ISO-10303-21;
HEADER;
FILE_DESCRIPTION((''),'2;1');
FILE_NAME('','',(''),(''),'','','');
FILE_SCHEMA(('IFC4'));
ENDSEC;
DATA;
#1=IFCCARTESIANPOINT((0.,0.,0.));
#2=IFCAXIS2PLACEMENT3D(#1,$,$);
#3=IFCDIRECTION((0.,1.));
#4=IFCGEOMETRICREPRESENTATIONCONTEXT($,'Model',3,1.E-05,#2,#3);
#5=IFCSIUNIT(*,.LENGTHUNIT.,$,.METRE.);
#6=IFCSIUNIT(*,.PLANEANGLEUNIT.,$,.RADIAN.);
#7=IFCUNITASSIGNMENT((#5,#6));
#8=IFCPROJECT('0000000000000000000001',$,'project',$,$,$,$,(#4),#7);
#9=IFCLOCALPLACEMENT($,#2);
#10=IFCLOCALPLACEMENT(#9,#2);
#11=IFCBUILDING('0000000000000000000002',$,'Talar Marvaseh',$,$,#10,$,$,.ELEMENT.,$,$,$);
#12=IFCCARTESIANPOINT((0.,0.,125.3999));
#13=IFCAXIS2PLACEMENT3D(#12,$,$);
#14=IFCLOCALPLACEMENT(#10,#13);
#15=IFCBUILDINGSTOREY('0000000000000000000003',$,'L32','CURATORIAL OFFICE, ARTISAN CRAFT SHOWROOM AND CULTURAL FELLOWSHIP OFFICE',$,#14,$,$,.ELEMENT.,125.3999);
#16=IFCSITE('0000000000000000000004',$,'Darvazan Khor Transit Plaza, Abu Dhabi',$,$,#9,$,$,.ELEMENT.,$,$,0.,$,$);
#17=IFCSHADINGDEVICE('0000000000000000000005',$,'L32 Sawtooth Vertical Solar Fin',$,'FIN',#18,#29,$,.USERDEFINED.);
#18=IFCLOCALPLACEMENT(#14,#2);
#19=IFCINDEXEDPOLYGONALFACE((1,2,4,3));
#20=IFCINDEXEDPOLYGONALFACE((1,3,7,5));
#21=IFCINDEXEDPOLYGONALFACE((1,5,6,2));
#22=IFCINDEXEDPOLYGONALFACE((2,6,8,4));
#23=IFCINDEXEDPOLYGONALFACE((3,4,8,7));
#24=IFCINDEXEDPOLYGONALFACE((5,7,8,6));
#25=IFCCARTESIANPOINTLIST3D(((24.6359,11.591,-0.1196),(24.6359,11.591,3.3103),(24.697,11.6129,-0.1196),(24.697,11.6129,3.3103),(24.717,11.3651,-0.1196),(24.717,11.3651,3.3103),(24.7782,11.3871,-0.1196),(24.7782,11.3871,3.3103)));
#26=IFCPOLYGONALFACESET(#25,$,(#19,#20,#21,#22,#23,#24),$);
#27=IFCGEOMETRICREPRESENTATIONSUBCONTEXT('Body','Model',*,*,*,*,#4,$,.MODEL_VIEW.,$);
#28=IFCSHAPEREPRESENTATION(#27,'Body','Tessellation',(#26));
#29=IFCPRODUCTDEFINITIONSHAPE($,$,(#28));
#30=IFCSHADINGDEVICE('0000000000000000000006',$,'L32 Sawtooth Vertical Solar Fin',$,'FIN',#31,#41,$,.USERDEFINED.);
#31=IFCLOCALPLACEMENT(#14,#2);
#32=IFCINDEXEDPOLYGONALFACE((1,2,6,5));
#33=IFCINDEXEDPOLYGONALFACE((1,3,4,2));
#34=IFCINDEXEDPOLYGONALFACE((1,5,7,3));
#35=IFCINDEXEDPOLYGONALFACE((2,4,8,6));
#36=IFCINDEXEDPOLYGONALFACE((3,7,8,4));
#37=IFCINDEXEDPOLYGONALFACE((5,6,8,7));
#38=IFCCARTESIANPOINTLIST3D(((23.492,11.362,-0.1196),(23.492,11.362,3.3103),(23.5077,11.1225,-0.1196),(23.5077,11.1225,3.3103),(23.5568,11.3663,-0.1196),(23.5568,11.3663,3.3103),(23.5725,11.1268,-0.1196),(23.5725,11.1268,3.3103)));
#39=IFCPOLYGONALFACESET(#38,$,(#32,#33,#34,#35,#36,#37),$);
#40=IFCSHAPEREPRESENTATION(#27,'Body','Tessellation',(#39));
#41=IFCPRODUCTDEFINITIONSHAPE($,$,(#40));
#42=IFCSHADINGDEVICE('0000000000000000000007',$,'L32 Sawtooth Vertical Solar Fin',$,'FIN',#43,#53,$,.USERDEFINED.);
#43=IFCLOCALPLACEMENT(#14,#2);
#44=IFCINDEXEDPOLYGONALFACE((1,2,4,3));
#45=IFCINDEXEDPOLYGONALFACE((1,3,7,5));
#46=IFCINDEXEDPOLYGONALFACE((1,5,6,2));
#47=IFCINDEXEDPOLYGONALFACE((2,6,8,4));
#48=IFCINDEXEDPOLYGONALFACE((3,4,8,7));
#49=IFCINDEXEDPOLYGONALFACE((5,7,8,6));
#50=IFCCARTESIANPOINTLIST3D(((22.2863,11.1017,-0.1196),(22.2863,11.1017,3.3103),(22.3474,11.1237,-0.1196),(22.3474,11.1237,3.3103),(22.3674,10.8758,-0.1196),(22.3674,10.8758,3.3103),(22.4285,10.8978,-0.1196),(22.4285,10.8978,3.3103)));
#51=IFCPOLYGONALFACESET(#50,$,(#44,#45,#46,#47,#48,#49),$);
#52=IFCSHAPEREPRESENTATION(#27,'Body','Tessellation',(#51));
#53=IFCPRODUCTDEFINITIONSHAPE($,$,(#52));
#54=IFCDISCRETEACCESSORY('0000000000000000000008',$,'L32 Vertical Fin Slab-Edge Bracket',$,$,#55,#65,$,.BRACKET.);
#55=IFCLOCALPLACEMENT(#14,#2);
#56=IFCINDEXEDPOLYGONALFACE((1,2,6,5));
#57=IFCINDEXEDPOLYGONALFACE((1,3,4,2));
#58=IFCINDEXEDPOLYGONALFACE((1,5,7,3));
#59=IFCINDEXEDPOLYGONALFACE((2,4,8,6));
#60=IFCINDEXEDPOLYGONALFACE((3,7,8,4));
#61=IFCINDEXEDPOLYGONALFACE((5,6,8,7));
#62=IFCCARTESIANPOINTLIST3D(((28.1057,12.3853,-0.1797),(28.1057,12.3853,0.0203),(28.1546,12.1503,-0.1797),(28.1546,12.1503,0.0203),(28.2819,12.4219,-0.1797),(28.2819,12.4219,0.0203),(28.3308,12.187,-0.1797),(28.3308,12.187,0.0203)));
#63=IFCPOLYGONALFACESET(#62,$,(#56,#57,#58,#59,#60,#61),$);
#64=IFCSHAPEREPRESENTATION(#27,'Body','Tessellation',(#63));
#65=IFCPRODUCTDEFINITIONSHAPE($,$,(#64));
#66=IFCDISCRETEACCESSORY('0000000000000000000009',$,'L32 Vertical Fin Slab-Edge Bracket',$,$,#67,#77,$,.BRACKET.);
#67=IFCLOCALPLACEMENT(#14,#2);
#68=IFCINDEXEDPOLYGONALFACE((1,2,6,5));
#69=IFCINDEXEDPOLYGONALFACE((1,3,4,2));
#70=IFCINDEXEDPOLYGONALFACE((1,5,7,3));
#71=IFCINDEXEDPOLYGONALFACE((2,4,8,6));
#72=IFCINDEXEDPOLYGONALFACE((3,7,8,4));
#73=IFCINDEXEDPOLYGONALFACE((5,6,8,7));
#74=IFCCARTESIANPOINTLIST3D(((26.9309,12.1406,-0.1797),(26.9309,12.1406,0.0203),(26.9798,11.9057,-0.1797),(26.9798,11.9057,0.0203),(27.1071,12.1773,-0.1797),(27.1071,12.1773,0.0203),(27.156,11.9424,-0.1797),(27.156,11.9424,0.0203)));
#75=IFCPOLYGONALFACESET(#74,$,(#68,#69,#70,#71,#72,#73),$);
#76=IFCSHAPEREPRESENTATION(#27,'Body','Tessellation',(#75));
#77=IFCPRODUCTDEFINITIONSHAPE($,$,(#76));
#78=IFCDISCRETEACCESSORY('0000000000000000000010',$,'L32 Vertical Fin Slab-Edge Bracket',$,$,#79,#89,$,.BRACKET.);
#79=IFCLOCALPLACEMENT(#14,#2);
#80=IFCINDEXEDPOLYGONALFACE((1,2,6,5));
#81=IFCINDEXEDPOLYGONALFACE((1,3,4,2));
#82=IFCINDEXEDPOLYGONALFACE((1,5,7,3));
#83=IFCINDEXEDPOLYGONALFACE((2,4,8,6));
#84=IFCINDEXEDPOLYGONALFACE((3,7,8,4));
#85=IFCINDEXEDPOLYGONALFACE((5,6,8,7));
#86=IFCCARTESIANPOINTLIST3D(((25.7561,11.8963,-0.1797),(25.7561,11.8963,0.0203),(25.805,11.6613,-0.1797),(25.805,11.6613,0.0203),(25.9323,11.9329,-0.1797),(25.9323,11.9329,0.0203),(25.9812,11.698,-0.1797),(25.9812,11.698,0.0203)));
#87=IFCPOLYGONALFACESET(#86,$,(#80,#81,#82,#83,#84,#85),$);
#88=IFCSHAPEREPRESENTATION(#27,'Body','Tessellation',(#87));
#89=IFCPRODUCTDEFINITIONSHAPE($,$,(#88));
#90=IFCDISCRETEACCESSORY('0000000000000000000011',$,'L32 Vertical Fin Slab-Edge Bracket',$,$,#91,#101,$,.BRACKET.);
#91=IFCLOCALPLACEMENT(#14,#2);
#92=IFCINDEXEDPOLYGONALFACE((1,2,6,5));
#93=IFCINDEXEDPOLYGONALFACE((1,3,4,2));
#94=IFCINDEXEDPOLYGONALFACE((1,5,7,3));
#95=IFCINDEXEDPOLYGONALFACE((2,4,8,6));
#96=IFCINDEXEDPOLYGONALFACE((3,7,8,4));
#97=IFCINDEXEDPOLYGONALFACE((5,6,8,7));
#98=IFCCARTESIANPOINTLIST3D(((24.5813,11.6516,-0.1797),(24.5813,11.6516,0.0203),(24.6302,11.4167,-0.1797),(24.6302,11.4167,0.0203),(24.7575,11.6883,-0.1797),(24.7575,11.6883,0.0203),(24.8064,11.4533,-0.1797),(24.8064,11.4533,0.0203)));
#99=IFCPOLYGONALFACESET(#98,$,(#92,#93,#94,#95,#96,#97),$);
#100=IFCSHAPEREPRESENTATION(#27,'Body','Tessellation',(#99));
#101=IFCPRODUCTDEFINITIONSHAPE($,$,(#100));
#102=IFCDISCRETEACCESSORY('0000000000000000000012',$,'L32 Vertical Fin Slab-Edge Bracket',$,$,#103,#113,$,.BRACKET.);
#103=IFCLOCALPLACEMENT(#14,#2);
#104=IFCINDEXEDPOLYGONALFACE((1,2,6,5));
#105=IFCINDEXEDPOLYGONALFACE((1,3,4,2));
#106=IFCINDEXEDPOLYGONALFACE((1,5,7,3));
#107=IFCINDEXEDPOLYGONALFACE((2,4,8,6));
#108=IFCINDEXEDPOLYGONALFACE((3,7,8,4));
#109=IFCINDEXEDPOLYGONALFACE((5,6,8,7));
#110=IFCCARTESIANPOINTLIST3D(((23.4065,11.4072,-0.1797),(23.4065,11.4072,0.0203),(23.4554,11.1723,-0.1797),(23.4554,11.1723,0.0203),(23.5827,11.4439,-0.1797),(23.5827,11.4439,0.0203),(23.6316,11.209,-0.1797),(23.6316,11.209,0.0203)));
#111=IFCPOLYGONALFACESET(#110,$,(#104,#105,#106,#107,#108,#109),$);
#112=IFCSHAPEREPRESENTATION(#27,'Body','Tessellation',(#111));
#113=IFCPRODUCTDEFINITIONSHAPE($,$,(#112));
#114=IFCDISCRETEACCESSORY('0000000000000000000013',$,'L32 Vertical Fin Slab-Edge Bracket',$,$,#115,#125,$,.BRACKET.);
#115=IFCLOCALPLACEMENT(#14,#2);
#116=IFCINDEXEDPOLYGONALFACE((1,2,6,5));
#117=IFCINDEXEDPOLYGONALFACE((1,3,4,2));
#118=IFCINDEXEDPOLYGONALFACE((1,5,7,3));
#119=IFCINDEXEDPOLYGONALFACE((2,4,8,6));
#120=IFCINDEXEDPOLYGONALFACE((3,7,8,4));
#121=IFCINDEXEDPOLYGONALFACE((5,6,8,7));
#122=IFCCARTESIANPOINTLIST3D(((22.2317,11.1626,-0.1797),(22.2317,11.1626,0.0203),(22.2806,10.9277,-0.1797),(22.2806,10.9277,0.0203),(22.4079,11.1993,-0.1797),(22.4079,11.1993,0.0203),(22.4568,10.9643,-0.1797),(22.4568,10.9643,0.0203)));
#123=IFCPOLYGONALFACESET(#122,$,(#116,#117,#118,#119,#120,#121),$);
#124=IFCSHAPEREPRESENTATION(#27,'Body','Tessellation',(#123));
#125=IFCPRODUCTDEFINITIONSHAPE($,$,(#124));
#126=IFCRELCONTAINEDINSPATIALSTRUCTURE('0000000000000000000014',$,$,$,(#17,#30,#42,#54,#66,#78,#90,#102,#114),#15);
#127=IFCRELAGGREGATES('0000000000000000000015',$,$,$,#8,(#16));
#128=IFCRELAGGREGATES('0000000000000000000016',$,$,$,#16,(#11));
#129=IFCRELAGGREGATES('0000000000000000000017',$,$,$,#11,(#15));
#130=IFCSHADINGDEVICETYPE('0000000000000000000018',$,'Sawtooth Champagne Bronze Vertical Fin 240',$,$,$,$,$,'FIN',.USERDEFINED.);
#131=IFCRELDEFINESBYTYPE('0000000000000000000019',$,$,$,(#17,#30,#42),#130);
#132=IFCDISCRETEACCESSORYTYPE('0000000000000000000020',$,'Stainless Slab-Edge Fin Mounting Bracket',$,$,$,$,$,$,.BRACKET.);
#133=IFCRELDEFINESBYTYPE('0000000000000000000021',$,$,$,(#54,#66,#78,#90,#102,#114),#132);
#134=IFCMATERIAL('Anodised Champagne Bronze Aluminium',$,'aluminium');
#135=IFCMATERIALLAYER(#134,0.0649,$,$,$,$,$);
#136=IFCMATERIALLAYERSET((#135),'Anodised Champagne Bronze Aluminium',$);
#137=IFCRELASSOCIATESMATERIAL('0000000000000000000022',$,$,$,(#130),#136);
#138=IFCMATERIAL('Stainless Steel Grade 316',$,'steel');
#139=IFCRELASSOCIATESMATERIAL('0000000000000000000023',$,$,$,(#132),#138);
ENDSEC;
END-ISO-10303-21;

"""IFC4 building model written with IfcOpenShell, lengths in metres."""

from ifc_helpers import new_model, si_unit, direction, frame, origin, origin_2d, place, context, subcontext, project, spatial, rectangle, extrude, source, transform, mapped, material, layer, layer_set, type_object, type_shapes, element, save


model = new_model("IFC4")

# Units and contexts
model_context = context("Model", 3, precision=1e-05, world=origin(), true_north=direction((0.0, 1.0)))
body_context = subcontext(model_context, "Body", "Model", "MODEL_VIEW")
ifc_project = project(units=[si_unit("LENGTHUNIT", "METRE"), si_unit("PLANEANGLEUNIT", "RADIAN")], contexts=[model_context])

# Site, building, storey
site_placement = place(None, origin())
site = spatial("IfcSite", under=ifc_project, at=site_placement, Name="Darvazan Khor Transit Plaza, Abu Dhabi", CompositionType="ELEMENT", RefElevation=0.0)
building_placement = place(site_placement, origin())
building = spatial("IfcBuilding", under=site, at=building_placement, Name="Talar Marvaseh", CompositionType="ELEMENT")
storey_placement = place(building_placement, frame((0.0, 0.0, 125.3999)))
storey = spatial("IfcBuildingStorey", under=building, at=storey_placement, Name="L32", Description="CURATORIAL OFFICE, ARTISAN CRAFT SHOWROOM AND CULTURAL FELLOWSHIP OFFICE", CompositionType="ELEMENT", Elevation=125.3999)

# Shading devices
ifc_material_1 = material(Name="Anodised Champagne Bronze Aluminium", Category="aluminium")
ifc_layer_1 = layer(ifc_material_1, 0.0649)
ifc_layer_set_1 = layer_set([ifc_layer_1], Name="Anodised Champagne Bronze Aluminium")
shading_device_type = type_object("IfcShadingDeviceType", Name="Sawtooth Champagne Bronze Vertical Fin 240", ElementType="FIN", PredefinedType="USERDEFINED", material=ifc_layer_set_1)
shared_shape_1 = source(origin(), body_context, "Body", "SweptSolid", [
    extrude(rectangle(XDim=0.24, YDim=0.0649, at=origin_2d()), origin(), (0.0, 0.0, 1.0), 3.4299),
])
type_shapes(shading_device_type, [shared_shape_1])
for number, where, z_axis, x_axis, name in (
    (1, (24.707, 11.489, -0.1196), (0.0, 0.0, 1.0), (0.338081, -0.941117, 0.0), "L32 Sawtooth Vertical Solar Fin"),
    (2, (23.5322, 11.2444, -0.1196), (0.0, 0.0, 1.0), (0.065577, -0.997847, 0.0), "L32 Sawtooth Vertical Solar Fin"),
    (3, (22.3574, 10.9998, -0.1196), (0.0, 0.0, 1.0), (0.338081, -0.941117, 0.0), "L32 Sawtooth Vertical Solar Fin"),
):
    element("IfcShadingDevice", number, at=place(storey_placement, frame(where, z_axis=z_axis, x_axis=x_axis)), inside=storey, type_object=shading_device_type, Name=name, ObjectType="FIN", PredefinedType="USERDEFINED", context=body_context, shape_type="MappedRepresentation", body=[
        mapped(shared_shape_1, transform((0.0, 0.0, 0.0), x_axis=(1.0, 0.0, 0.0), y_axis=(0.0, 1.0, 0.0), z_axis=(0.0, 0.0, 1.0), scale=1.0)),
    ])

# Discrete accessories
ifc_material_2 = material(Name="Stainless Steel Grade 316", Category="steel")
discrete_accessory_type = type_object("IfcDiscreteAccessoryType", Name="Stainless Slab-Edge Fin Mounting Bracket", PredefinedType="BRACKET", material=ifc_material_2)
shared_shape_2 = source(origin(), body_context, "Body", "SweptSolid", [
    extrude(rectangle(XDim=0.24, YDim=0.1799, at=origin_2d()), origin(), (0.0, 0.0, 1.0), 0.2),
])
type_shapes(discrete_accessory_type, [shared_shape_2])
for number, where, z_axis, x_axis, name in (
    (4, (28.2183, 12.2861, -0.1797), (0.0, 0.0, 1.0), (0.203813, -0.97901, 0.0), "L32 Vertical Fin Slab-Edge Bracket"),
    (5, (27.0435, 12.0415, -0.1797), (0.0, 0.0, 1.0), (0.203813, -0.97901, 0.0), "L32 Vertical Fin Slab-Edge Bracket"),
    (6, (25.8687, 11.7971, -0.1797), (0.0, 0.0, 1.0), (0.203813, -0.97901, 0.0), "L32 Vertical Fin Slab-Edge Bracket"),
    (7, (24.6938, 11.5525, -0.1797), (0.0, 0.0, 1.0), (0.203813, -0.97901, 0.0), "L32 Vertical Fin Slab-Edge Bracket"),
    (8, (23.519, 11.3081, -0.1797), (0.0, 0.0, 1.0), (0.203813, -0.97901, 0.0), "L32 Vertical Fin Slab-Edge Bracket"),
    (9, (22.3442, 11.0635, -0.1797), (0.0, 0.0, 1.0), (0.203813, -0.97901, 0.0), "L32 Vertical Fin Slab-Edge Bracket"),
):
    element("IfcDiscreteAccessory", number, at=place(storey_placement, frame(where, z_axis=z_axis, x_axis=x_axis)), inside=storey, type_object=discrete_accessory_type, Name=name, PredefinedType="BRACKET", context=body_context, shape_type="MappedRepresentation", body=[
        mapped(shared_shape_2, transform((0.0, 0.0, 0.0), x_axis=(1.0, 0.0, 0.0), y_axis=(0.0, 1.0, 0.0), z_axis=(0.0, 0.0, 1.0), scale=1.0)),
    ])

save(model, "model.ifc")
